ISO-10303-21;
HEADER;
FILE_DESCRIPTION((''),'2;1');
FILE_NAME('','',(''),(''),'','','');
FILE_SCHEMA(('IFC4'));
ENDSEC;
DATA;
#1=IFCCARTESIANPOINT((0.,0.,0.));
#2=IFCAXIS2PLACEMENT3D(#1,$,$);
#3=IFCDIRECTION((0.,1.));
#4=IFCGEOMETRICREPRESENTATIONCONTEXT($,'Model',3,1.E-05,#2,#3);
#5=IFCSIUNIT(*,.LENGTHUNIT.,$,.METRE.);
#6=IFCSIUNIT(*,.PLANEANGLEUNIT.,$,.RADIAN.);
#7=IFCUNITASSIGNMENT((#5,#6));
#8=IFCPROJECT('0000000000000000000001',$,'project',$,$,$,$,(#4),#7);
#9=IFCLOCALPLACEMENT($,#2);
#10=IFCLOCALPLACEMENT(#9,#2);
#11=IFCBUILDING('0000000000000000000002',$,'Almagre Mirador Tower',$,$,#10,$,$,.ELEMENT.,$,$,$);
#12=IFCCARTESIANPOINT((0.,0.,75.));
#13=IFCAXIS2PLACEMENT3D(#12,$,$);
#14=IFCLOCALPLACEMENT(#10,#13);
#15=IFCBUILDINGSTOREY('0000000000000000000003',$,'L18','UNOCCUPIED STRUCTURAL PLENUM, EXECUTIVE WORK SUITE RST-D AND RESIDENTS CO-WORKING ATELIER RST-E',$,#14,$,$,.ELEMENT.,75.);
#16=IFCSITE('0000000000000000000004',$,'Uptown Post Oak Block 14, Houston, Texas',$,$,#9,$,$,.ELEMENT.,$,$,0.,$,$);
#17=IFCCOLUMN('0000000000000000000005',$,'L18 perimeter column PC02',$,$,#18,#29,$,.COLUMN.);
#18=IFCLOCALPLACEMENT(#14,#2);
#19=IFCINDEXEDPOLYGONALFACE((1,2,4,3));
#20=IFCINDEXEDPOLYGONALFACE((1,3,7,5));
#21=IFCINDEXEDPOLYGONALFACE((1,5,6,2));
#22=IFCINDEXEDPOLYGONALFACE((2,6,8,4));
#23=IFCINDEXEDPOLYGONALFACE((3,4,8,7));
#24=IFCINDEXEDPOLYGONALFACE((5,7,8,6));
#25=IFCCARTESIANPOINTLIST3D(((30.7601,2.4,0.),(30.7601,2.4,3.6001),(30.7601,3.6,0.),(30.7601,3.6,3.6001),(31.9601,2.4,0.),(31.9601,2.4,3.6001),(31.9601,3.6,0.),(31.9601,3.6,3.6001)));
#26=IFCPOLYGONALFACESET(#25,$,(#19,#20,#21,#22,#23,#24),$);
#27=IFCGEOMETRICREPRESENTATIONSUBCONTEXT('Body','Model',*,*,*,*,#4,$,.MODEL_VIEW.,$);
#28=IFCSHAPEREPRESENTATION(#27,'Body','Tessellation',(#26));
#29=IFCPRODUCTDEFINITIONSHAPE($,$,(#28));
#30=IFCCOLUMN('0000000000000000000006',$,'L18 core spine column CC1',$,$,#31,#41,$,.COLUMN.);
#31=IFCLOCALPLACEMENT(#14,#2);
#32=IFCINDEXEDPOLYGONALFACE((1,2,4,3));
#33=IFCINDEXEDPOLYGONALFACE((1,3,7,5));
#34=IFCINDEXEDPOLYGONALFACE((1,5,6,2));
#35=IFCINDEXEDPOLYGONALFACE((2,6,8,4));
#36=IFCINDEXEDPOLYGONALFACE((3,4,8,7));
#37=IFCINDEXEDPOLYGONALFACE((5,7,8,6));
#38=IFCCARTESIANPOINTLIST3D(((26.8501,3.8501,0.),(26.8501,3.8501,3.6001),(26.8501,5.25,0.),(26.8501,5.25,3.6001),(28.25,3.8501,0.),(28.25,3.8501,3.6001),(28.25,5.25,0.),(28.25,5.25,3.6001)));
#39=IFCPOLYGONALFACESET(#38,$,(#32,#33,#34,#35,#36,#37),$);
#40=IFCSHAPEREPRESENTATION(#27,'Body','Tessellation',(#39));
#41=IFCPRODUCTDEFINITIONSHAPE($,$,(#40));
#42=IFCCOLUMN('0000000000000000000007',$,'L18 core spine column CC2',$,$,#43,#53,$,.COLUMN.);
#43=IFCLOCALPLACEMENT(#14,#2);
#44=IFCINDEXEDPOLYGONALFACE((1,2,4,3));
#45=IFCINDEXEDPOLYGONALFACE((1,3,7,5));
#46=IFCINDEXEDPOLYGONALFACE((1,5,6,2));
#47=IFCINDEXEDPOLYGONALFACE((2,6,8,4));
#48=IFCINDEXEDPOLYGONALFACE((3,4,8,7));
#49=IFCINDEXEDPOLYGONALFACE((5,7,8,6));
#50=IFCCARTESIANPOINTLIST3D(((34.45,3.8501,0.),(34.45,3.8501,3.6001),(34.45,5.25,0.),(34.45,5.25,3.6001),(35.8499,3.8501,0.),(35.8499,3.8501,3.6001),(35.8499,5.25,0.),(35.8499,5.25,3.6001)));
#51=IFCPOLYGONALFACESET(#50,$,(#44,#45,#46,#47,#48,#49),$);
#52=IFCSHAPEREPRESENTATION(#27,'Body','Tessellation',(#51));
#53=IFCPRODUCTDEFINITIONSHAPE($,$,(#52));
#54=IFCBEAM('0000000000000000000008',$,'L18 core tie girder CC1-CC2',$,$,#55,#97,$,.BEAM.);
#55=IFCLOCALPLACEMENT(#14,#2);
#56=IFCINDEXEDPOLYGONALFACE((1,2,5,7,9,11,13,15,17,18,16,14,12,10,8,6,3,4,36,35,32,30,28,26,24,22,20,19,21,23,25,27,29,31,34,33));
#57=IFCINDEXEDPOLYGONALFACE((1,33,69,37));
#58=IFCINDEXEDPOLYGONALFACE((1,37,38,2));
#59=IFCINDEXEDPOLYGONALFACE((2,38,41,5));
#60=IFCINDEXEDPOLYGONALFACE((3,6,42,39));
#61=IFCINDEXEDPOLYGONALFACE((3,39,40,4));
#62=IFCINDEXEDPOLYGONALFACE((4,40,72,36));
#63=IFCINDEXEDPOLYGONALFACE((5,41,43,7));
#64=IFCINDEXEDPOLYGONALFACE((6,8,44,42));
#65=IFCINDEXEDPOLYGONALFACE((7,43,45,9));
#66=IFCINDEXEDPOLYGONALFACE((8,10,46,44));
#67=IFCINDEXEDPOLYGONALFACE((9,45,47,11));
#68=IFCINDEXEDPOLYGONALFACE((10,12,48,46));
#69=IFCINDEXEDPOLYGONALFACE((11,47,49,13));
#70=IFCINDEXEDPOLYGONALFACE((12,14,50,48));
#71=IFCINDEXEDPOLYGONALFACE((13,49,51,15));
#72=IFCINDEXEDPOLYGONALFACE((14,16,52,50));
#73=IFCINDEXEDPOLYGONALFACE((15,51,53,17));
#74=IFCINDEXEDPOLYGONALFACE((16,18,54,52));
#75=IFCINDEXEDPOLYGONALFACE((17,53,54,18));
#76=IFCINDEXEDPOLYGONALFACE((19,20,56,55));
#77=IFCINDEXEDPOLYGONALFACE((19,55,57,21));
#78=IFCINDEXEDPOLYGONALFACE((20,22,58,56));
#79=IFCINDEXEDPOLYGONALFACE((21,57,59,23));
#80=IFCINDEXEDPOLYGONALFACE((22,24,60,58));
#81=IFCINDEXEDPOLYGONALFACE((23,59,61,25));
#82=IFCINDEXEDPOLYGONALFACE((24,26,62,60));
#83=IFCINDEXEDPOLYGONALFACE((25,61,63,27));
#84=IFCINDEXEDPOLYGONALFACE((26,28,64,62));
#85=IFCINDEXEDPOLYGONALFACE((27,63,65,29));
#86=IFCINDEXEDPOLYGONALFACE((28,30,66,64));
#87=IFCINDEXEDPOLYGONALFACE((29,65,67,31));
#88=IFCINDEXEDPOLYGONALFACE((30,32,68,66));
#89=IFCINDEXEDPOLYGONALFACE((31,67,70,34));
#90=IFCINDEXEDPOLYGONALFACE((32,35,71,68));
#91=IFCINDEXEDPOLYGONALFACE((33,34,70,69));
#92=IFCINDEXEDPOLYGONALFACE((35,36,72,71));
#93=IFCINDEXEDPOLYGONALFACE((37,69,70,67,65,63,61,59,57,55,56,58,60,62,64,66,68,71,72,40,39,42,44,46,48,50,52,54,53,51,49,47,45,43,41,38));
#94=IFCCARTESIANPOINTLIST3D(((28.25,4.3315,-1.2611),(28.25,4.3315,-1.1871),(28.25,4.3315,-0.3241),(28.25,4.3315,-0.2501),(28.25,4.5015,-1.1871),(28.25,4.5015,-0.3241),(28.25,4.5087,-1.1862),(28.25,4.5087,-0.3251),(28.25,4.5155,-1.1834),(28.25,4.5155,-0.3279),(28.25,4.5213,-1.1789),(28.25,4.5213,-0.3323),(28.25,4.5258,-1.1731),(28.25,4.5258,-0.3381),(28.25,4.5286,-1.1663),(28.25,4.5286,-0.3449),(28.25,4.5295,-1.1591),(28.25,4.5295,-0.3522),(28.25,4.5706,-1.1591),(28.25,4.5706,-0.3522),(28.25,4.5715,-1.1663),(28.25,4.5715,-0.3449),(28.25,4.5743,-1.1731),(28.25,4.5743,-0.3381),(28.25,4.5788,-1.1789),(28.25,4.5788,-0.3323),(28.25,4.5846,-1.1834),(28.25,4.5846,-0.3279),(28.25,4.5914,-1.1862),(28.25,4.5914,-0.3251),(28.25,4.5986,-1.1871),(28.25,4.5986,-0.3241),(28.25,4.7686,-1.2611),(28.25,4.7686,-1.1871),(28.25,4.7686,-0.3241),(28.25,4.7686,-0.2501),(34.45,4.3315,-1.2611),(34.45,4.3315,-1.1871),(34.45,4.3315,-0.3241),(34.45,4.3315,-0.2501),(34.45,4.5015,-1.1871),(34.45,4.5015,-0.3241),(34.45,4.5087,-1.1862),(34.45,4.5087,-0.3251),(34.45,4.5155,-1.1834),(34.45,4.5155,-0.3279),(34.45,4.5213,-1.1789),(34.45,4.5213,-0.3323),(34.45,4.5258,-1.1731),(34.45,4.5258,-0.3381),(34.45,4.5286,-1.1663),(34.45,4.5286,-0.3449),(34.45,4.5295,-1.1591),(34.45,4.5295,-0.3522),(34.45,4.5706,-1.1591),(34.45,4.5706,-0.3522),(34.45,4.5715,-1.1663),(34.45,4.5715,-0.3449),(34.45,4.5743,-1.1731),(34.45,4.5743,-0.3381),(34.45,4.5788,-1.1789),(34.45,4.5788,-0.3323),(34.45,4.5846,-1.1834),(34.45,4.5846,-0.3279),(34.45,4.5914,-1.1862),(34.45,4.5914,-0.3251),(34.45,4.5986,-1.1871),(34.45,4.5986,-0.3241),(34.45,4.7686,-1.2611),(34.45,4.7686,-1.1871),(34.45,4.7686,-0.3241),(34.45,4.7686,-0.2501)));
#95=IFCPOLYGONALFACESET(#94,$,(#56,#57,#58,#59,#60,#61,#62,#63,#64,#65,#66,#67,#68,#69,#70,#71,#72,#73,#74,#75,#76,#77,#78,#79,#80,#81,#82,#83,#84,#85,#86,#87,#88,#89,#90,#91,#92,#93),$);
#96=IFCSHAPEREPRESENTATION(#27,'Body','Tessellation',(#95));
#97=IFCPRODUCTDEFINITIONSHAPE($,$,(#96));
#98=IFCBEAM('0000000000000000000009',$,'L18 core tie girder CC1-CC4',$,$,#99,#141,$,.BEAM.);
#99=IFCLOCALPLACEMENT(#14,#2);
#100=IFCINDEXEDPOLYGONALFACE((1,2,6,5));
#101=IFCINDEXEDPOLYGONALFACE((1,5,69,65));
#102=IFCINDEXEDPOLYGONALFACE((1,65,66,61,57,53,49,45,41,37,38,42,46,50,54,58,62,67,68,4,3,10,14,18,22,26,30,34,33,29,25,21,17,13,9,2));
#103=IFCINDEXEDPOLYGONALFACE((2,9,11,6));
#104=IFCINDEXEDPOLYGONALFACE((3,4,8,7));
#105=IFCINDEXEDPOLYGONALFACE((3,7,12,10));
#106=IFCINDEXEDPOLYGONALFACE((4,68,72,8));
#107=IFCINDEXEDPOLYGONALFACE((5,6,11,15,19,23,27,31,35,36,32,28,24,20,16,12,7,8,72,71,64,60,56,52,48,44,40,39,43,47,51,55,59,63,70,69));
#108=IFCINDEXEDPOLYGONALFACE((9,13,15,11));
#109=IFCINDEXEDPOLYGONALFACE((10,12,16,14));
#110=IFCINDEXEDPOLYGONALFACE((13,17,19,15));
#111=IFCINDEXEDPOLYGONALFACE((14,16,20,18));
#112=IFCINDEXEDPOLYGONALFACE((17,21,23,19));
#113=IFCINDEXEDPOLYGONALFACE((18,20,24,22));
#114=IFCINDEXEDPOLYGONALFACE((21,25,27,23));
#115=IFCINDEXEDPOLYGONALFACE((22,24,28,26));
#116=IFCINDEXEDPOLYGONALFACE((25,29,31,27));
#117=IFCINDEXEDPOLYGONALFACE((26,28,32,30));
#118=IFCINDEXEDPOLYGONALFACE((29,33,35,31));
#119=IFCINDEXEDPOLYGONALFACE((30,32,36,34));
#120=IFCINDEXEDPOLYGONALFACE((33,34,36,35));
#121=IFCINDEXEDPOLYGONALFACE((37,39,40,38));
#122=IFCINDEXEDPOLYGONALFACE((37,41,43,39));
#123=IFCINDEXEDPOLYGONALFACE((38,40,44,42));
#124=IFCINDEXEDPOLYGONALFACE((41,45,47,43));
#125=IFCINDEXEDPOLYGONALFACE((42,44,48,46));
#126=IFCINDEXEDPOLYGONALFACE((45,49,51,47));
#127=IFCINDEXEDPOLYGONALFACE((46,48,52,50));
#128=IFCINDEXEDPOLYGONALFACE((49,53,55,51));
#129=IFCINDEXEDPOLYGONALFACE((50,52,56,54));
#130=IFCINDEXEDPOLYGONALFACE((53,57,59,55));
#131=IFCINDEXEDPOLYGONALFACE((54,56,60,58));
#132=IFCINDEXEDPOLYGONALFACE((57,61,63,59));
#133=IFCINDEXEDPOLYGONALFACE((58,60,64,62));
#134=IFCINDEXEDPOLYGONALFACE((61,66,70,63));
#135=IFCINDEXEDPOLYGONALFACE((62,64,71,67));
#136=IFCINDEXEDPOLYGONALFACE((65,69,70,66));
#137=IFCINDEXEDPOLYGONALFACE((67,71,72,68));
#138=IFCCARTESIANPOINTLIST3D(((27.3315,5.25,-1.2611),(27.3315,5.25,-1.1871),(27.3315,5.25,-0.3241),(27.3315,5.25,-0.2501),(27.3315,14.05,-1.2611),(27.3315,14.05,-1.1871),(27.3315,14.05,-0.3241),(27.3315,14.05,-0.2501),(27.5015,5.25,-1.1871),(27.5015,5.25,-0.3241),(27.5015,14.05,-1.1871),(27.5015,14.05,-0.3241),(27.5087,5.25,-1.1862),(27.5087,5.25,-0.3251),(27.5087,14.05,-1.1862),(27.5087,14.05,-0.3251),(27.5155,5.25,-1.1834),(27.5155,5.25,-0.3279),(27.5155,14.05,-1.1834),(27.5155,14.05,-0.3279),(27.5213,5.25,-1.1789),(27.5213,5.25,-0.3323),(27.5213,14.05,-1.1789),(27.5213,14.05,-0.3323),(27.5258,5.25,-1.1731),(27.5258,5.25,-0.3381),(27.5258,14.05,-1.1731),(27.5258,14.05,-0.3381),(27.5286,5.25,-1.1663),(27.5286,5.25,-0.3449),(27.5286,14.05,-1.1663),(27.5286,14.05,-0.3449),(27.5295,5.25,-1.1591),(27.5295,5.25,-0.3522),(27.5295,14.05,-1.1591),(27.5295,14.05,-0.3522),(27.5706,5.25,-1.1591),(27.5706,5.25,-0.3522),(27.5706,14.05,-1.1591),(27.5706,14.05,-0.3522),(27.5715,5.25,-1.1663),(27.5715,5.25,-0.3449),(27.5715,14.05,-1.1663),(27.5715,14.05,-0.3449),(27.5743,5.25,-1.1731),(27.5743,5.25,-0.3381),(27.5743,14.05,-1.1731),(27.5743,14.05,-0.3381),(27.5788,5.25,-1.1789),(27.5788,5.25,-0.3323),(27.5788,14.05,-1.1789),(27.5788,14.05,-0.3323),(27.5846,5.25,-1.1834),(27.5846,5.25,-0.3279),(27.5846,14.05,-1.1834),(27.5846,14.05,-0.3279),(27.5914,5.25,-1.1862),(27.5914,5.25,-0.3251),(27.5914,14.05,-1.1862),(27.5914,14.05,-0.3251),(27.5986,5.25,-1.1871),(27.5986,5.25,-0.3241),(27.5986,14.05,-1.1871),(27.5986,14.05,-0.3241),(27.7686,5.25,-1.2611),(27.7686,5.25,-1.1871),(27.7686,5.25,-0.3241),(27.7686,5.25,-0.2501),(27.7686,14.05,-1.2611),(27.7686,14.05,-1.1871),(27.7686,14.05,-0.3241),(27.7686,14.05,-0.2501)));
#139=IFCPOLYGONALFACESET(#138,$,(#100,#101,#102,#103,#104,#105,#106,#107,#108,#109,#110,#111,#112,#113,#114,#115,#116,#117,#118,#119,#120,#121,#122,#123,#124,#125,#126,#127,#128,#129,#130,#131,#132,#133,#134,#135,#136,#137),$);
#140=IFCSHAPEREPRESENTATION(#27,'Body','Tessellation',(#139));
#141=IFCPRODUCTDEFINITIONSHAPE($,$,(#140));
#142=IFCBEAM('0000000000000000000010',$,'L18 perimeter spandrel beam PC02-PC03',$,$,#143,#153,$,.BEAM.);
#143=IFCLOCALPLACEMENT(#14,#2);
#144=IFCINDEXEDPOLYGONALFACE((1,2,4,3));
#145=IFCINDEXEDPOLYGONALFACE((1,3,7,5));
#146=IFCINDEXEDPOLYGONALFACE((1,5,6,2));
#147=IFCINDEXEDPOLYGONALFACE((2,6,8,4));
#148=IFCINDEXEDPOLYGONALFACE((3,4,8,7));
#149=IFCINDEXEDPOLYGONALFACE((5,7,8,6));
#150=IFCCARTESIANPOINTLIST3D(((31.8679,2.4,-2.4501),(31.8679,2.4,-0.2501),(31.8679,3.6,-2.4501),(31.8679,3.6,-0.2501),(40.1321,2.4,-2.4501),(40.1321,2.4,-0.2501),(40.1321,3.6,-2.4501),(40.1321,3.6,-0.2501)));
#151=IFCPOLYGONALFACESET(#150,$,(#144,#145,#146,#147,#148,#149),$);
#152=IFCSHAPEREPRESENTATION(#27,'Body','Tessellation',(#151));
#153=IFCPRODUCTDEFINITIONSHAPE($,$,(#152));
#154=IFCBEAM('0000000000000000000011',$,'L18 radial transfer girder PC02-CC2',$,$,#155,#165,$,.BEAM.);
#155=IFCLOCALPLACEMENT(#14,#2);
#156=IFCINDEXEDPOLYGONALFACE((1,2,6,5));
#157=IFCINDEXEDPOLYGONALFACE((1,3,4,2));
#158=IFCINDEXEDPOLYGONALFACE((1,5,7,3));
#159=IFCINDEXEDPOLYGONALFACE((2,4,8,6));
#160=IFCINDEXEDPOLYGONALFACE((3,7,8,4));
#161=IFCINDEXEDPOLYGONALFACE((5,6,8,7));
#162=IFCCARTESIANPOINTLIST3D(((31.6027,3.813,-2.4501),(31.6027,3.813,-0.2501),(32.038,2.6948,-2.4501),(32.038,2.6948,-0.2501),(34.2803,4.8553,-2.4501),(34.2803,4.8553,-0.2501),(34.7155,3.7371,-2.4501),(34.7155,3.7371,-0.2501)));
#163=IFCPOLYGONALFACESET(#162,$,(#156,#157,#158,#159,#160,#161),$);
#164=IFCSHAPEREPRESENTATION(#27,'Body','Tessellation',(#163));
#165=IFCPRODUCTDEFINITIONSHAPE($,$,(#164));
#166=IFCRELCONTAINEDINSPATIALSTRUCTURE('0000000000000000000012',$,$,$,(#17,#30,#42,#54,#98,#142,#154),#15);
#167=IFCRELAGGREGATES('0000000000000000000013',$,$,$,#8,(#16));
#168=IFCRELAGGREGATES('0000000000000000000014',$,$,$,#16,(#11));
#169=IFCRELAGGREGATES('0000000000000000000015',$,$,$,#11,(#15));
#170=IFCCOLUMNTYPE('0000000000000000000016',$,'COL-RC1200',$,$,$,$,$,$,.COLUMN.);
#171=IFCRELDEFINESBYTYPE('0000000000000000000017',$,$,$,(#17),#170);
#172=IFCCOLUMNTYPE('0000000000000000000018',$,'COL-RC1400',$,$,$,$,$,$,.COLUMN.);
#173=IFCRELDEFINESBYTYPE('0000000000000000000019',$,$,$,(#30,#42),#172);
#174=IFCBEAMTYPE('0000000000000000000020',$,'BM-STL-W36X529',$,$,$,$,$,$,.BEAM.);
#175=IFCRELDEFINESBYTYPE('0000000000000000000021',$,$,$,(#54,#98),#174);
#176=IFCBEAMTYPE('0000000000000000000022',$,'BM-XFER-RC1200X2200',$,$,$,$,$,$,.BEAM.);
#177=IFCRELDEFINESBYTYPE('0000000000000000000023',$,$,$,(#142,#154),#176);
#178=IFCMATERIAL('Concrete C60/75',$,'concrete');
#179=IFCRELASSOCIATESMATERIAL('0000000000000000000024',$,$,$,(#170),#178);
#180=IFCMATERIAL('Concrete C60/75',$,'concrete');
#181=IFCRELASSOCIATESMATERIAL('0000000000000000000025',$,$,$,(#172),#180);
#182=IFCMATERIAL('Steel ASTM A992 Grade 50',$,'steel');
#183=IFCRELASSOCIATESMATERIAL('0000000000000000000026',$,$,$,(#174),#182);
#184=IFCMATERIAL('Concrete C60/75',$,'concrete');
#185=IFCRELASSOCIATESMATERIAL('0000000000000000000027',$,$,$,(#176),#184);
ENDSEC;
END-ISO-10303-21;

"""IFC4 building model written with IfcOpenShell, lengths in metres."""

from ifc_helpers import new_model, si_unit, direction, frame, origin, origin_2d, place, context, subcontext, project, spatial, rectangle, i_section, extrude, material, material_profile, profile_set, type_object, element, save


model = new_model("IFC4")

# Units and contexts
model_context = context("Model", 3, precision=1e-05, world=origin(), true_north=direction((0.0, 1.0)))
body_context = subcontext(model_context, "Body", "Model", "MODEL_VIEW")
ifc_project = project(units=[si_unit("LENGTHUNIT", "METRE"), si_unit("PLANEANGLEUNIT", "RADIAN")], contexts=[model_context])

# Site, building, storey
site_placement = place(None, origin())
site = spatial("IfcSite", under=ifc_project, at=site_placement, Name="Uptown Post Oak Block 14, Houston, Texas", CompositionType="ELEMENT", RefElevation=0.0)
building_placement = place(site_placement, origin())
building = spatial("IfcBuilding", under=site, at=building_placement, Name="Almagre Mirador Tower", CompositionType="ELEMENT")
storey_placement = place(building_placement, frame((0.0, 0.0, 75.0)))
storey = spatial("IfcBuildingStorey", under=building, at=storey_placement, Name="L18", Description="UNOCCUPIED STRUCTURAL PLENUM, EXECUTIVE WORK SUITE RST-D AND RESIDENTS CO-WORKING ATELIER RST-E", CompositionType="ELEMENT", Elevation=75.0)

# Columns
ifc_material_1 = material(Name="Concrete C60/75", Category="concrete")
ifc_material_profile_1 = material_profile(ifc_material_1, rectangle(XDim=1.2, YDim=1.2, at=origin_2d()), Name="RC1200X1200")
ifc_profile_set_1 = profile_set([ifc_material_profile_1], Name="Concrete C60/75")
column_type_1 = type_object("IfcColumnType", Name="COL-RC1200", PredefinedType="COLUMN", material=ifc_profile_set_1)
column_placement = place(storey_placement, frame((31.3601, 3.0, 0.0), z_axis=(0.0, 0.0, 1.0), x_axis=(1.0, 0.0, 0.0)))
element("IfcColumn", 1, at=column_placement, inside=storey, type_object=column_type_1, Name="L18 perimeter column PC02", PredefinedType="COLUMN", context=body_context, shape_type="SweptSolid", body=[
    extrude(rectangle(XDim=1.2, YDim=1.2, at=origin_2d()), origin(), (0.0, 0.0, 1.0), 3.6001),
])
ifc_material_2 = material(Name="Concrete C60/75", Category="concrete")
ifc_material_profile_2 = material_profile(ifc_material_2, rectangle(XDim=1.3999, YDim=1.3999, at=origin_2d()), Name="RC1400X1400")
ifc_profile_set_2 = profile_set([ifc_material_profile_2], Name="Concrete C60/75")
column_type_2 = type_object("IfcColumnType", Name="COL-RC1400", PredefinedType="COLUMN", material=ifc_profile_set_2)
for number, where, z_axis, x_axis, name in (
    (2, (27.55, 4.55, 0.0), (0.0, 0.0, 1.0), (1.0, 0.0, 0.0), "L18 core spine column CC1"),
    (3, (35.1499, 4.55, 0.0), (0.0, 0.0, 1.0), (1.0, 0.0, 0.0), "L18 core spine column CC2"),
):
    element("IfcColumn", number, at=place(storey_placement, frame(where, z_axis=z_axis, x_axis=x_axis)), inside=storey, type_object=column_type_2, Name=name, PredefinedType="COLUMN", context=body_context, shape_type="SweptSolid", body=[
        extrude(rectangle(XDim=1.3999, YDim=1.3999, at=origin_2d()), origin(), (0.0, 0.0, 1.0), 3.6001),
    ])

# Beams
ifc_material_3 = material(Name="Steel ASTM A992 Grade 50", Category="steel")
ifc_material_profile_3 = material_profile(ifc_material_3, i_section(OverallWidth=0.437, OverallDepth=1.011, WebThickness=0.041, FlangeThickness=0.074, FilletRadius=0.0281, at=origin_2d()), Name="W36X529")
ifc_profile_set_3 = profile_set([ifc_material_profile_3], Name="Steel ASTM A992 Grade 50")
beam_type_1 = type_object("IfcBeamType", Name="BM-STL-W36X529", PredefinedType="BEAM", material=ifc_profile_set_3)
beam_1_placement = place(storey_placement, frame((28.25, 4.55, -0.7556), z_axis=(1.0, 0.0, 0.0), x_axis=(0.0, 1.0, 0.0)))
element("IfcBeam", 4, at=beam_1_placement, inside=storey, type_object=beam_type_1, Name="L18 core tie girder CC1-CC2", PredefinedType="BEAM", context=body_context, shape_type="SweptSolid", body=[
    extrude(i_section(OverallWidth=0.437, OverallDepth=1.011, WebThickness=0.041, FlangeThickness=0.074, FilletRadius=0.0281, at=origin_2d()), origin(), (0.0, 0.0, 1.0), 6.2),
])
beam_2_placement = place(storey_placement, frame((27.55, 5.25, -0.7556), z_axis=(0.0, 1.0, 0.0), x_axis=(-1.0, 0.0, 0.0)))
element("IfcBeam", 5, at=beam_2_placement, inside=storey, type_object=beam_type_1, Name="L18 core tie girder CC1-CC4", PredefinedType="BEAM", context=body_context, shape_type="SweptSolid", body=[
    extrude(i_section(OverallWidth=0.437, OverallDepth=1.011, WebThickness=0.041, FlangeThickness=0.074, FilletRadius=0.0281, at=origin_2d()), origin(), (0.0, 0.0, 1.0), 8.8),
])
ifc_material_4 = material(Name="Concrete C60/75", Category="concrete")
ifc_material_profile_4 = material_profile(ifc_material_4, rectangle(XDim=1.2, YDim=2.2, at=origin_2d()), Name="RC1200X2200")
ifc_profile_set_4 = profile_set([ifc_material_profile_4], Name="Concrete C60/75")
beam_type_2 = type_object("IfcBeamType", Name="BM-XFER-RC1200X2200", PredefinedType="BEAM", material=ifc_profile_set_4)
beam_3_placement = place(storey_placement, frame((31.8679, 3.0, -1.3501), z_axis=(1.0, 0.0, 0.0), x_axis=(0.0, 1.0, 0.0)))
element("IfcBeam", 6, at=beam_3_placement, inside=storey, type_object=beam_type_2, Name="L18 perimeter spandrel beam PC02-PC03", PredefinedType="BEAM", context=body_context, shape_type="SweptSolid", body=[
    extrude(rectangle(XDim=1.2, YDim=2.2, at=origin_2d()), origin(), (0.0, 0.0, 1.0), 8.2642),
])
beam_4_placement = place(storey_placement, frame((31.8203, 3.2539, -1.3501), z_axis=(0.931888, 0.362746, 0.0), x_axis=(-0.362746, 0.931888, 0.0)))
element("IfcBeam", 7, at=beam_4_placement, inside=storey, type_object=beam_type_2, Name="L18 radial transfer girder PC02-CC2", PredefinedType="BEAM", context=body_context, shape_type="SweptSolid", body=[
    extrude(rectangle(XDim=1.2, YDim=2.2, at=origin_2d()), origin(), (0.0, 0.0, 1.0), 2.8733),
])

save(model, "model.ifc")
